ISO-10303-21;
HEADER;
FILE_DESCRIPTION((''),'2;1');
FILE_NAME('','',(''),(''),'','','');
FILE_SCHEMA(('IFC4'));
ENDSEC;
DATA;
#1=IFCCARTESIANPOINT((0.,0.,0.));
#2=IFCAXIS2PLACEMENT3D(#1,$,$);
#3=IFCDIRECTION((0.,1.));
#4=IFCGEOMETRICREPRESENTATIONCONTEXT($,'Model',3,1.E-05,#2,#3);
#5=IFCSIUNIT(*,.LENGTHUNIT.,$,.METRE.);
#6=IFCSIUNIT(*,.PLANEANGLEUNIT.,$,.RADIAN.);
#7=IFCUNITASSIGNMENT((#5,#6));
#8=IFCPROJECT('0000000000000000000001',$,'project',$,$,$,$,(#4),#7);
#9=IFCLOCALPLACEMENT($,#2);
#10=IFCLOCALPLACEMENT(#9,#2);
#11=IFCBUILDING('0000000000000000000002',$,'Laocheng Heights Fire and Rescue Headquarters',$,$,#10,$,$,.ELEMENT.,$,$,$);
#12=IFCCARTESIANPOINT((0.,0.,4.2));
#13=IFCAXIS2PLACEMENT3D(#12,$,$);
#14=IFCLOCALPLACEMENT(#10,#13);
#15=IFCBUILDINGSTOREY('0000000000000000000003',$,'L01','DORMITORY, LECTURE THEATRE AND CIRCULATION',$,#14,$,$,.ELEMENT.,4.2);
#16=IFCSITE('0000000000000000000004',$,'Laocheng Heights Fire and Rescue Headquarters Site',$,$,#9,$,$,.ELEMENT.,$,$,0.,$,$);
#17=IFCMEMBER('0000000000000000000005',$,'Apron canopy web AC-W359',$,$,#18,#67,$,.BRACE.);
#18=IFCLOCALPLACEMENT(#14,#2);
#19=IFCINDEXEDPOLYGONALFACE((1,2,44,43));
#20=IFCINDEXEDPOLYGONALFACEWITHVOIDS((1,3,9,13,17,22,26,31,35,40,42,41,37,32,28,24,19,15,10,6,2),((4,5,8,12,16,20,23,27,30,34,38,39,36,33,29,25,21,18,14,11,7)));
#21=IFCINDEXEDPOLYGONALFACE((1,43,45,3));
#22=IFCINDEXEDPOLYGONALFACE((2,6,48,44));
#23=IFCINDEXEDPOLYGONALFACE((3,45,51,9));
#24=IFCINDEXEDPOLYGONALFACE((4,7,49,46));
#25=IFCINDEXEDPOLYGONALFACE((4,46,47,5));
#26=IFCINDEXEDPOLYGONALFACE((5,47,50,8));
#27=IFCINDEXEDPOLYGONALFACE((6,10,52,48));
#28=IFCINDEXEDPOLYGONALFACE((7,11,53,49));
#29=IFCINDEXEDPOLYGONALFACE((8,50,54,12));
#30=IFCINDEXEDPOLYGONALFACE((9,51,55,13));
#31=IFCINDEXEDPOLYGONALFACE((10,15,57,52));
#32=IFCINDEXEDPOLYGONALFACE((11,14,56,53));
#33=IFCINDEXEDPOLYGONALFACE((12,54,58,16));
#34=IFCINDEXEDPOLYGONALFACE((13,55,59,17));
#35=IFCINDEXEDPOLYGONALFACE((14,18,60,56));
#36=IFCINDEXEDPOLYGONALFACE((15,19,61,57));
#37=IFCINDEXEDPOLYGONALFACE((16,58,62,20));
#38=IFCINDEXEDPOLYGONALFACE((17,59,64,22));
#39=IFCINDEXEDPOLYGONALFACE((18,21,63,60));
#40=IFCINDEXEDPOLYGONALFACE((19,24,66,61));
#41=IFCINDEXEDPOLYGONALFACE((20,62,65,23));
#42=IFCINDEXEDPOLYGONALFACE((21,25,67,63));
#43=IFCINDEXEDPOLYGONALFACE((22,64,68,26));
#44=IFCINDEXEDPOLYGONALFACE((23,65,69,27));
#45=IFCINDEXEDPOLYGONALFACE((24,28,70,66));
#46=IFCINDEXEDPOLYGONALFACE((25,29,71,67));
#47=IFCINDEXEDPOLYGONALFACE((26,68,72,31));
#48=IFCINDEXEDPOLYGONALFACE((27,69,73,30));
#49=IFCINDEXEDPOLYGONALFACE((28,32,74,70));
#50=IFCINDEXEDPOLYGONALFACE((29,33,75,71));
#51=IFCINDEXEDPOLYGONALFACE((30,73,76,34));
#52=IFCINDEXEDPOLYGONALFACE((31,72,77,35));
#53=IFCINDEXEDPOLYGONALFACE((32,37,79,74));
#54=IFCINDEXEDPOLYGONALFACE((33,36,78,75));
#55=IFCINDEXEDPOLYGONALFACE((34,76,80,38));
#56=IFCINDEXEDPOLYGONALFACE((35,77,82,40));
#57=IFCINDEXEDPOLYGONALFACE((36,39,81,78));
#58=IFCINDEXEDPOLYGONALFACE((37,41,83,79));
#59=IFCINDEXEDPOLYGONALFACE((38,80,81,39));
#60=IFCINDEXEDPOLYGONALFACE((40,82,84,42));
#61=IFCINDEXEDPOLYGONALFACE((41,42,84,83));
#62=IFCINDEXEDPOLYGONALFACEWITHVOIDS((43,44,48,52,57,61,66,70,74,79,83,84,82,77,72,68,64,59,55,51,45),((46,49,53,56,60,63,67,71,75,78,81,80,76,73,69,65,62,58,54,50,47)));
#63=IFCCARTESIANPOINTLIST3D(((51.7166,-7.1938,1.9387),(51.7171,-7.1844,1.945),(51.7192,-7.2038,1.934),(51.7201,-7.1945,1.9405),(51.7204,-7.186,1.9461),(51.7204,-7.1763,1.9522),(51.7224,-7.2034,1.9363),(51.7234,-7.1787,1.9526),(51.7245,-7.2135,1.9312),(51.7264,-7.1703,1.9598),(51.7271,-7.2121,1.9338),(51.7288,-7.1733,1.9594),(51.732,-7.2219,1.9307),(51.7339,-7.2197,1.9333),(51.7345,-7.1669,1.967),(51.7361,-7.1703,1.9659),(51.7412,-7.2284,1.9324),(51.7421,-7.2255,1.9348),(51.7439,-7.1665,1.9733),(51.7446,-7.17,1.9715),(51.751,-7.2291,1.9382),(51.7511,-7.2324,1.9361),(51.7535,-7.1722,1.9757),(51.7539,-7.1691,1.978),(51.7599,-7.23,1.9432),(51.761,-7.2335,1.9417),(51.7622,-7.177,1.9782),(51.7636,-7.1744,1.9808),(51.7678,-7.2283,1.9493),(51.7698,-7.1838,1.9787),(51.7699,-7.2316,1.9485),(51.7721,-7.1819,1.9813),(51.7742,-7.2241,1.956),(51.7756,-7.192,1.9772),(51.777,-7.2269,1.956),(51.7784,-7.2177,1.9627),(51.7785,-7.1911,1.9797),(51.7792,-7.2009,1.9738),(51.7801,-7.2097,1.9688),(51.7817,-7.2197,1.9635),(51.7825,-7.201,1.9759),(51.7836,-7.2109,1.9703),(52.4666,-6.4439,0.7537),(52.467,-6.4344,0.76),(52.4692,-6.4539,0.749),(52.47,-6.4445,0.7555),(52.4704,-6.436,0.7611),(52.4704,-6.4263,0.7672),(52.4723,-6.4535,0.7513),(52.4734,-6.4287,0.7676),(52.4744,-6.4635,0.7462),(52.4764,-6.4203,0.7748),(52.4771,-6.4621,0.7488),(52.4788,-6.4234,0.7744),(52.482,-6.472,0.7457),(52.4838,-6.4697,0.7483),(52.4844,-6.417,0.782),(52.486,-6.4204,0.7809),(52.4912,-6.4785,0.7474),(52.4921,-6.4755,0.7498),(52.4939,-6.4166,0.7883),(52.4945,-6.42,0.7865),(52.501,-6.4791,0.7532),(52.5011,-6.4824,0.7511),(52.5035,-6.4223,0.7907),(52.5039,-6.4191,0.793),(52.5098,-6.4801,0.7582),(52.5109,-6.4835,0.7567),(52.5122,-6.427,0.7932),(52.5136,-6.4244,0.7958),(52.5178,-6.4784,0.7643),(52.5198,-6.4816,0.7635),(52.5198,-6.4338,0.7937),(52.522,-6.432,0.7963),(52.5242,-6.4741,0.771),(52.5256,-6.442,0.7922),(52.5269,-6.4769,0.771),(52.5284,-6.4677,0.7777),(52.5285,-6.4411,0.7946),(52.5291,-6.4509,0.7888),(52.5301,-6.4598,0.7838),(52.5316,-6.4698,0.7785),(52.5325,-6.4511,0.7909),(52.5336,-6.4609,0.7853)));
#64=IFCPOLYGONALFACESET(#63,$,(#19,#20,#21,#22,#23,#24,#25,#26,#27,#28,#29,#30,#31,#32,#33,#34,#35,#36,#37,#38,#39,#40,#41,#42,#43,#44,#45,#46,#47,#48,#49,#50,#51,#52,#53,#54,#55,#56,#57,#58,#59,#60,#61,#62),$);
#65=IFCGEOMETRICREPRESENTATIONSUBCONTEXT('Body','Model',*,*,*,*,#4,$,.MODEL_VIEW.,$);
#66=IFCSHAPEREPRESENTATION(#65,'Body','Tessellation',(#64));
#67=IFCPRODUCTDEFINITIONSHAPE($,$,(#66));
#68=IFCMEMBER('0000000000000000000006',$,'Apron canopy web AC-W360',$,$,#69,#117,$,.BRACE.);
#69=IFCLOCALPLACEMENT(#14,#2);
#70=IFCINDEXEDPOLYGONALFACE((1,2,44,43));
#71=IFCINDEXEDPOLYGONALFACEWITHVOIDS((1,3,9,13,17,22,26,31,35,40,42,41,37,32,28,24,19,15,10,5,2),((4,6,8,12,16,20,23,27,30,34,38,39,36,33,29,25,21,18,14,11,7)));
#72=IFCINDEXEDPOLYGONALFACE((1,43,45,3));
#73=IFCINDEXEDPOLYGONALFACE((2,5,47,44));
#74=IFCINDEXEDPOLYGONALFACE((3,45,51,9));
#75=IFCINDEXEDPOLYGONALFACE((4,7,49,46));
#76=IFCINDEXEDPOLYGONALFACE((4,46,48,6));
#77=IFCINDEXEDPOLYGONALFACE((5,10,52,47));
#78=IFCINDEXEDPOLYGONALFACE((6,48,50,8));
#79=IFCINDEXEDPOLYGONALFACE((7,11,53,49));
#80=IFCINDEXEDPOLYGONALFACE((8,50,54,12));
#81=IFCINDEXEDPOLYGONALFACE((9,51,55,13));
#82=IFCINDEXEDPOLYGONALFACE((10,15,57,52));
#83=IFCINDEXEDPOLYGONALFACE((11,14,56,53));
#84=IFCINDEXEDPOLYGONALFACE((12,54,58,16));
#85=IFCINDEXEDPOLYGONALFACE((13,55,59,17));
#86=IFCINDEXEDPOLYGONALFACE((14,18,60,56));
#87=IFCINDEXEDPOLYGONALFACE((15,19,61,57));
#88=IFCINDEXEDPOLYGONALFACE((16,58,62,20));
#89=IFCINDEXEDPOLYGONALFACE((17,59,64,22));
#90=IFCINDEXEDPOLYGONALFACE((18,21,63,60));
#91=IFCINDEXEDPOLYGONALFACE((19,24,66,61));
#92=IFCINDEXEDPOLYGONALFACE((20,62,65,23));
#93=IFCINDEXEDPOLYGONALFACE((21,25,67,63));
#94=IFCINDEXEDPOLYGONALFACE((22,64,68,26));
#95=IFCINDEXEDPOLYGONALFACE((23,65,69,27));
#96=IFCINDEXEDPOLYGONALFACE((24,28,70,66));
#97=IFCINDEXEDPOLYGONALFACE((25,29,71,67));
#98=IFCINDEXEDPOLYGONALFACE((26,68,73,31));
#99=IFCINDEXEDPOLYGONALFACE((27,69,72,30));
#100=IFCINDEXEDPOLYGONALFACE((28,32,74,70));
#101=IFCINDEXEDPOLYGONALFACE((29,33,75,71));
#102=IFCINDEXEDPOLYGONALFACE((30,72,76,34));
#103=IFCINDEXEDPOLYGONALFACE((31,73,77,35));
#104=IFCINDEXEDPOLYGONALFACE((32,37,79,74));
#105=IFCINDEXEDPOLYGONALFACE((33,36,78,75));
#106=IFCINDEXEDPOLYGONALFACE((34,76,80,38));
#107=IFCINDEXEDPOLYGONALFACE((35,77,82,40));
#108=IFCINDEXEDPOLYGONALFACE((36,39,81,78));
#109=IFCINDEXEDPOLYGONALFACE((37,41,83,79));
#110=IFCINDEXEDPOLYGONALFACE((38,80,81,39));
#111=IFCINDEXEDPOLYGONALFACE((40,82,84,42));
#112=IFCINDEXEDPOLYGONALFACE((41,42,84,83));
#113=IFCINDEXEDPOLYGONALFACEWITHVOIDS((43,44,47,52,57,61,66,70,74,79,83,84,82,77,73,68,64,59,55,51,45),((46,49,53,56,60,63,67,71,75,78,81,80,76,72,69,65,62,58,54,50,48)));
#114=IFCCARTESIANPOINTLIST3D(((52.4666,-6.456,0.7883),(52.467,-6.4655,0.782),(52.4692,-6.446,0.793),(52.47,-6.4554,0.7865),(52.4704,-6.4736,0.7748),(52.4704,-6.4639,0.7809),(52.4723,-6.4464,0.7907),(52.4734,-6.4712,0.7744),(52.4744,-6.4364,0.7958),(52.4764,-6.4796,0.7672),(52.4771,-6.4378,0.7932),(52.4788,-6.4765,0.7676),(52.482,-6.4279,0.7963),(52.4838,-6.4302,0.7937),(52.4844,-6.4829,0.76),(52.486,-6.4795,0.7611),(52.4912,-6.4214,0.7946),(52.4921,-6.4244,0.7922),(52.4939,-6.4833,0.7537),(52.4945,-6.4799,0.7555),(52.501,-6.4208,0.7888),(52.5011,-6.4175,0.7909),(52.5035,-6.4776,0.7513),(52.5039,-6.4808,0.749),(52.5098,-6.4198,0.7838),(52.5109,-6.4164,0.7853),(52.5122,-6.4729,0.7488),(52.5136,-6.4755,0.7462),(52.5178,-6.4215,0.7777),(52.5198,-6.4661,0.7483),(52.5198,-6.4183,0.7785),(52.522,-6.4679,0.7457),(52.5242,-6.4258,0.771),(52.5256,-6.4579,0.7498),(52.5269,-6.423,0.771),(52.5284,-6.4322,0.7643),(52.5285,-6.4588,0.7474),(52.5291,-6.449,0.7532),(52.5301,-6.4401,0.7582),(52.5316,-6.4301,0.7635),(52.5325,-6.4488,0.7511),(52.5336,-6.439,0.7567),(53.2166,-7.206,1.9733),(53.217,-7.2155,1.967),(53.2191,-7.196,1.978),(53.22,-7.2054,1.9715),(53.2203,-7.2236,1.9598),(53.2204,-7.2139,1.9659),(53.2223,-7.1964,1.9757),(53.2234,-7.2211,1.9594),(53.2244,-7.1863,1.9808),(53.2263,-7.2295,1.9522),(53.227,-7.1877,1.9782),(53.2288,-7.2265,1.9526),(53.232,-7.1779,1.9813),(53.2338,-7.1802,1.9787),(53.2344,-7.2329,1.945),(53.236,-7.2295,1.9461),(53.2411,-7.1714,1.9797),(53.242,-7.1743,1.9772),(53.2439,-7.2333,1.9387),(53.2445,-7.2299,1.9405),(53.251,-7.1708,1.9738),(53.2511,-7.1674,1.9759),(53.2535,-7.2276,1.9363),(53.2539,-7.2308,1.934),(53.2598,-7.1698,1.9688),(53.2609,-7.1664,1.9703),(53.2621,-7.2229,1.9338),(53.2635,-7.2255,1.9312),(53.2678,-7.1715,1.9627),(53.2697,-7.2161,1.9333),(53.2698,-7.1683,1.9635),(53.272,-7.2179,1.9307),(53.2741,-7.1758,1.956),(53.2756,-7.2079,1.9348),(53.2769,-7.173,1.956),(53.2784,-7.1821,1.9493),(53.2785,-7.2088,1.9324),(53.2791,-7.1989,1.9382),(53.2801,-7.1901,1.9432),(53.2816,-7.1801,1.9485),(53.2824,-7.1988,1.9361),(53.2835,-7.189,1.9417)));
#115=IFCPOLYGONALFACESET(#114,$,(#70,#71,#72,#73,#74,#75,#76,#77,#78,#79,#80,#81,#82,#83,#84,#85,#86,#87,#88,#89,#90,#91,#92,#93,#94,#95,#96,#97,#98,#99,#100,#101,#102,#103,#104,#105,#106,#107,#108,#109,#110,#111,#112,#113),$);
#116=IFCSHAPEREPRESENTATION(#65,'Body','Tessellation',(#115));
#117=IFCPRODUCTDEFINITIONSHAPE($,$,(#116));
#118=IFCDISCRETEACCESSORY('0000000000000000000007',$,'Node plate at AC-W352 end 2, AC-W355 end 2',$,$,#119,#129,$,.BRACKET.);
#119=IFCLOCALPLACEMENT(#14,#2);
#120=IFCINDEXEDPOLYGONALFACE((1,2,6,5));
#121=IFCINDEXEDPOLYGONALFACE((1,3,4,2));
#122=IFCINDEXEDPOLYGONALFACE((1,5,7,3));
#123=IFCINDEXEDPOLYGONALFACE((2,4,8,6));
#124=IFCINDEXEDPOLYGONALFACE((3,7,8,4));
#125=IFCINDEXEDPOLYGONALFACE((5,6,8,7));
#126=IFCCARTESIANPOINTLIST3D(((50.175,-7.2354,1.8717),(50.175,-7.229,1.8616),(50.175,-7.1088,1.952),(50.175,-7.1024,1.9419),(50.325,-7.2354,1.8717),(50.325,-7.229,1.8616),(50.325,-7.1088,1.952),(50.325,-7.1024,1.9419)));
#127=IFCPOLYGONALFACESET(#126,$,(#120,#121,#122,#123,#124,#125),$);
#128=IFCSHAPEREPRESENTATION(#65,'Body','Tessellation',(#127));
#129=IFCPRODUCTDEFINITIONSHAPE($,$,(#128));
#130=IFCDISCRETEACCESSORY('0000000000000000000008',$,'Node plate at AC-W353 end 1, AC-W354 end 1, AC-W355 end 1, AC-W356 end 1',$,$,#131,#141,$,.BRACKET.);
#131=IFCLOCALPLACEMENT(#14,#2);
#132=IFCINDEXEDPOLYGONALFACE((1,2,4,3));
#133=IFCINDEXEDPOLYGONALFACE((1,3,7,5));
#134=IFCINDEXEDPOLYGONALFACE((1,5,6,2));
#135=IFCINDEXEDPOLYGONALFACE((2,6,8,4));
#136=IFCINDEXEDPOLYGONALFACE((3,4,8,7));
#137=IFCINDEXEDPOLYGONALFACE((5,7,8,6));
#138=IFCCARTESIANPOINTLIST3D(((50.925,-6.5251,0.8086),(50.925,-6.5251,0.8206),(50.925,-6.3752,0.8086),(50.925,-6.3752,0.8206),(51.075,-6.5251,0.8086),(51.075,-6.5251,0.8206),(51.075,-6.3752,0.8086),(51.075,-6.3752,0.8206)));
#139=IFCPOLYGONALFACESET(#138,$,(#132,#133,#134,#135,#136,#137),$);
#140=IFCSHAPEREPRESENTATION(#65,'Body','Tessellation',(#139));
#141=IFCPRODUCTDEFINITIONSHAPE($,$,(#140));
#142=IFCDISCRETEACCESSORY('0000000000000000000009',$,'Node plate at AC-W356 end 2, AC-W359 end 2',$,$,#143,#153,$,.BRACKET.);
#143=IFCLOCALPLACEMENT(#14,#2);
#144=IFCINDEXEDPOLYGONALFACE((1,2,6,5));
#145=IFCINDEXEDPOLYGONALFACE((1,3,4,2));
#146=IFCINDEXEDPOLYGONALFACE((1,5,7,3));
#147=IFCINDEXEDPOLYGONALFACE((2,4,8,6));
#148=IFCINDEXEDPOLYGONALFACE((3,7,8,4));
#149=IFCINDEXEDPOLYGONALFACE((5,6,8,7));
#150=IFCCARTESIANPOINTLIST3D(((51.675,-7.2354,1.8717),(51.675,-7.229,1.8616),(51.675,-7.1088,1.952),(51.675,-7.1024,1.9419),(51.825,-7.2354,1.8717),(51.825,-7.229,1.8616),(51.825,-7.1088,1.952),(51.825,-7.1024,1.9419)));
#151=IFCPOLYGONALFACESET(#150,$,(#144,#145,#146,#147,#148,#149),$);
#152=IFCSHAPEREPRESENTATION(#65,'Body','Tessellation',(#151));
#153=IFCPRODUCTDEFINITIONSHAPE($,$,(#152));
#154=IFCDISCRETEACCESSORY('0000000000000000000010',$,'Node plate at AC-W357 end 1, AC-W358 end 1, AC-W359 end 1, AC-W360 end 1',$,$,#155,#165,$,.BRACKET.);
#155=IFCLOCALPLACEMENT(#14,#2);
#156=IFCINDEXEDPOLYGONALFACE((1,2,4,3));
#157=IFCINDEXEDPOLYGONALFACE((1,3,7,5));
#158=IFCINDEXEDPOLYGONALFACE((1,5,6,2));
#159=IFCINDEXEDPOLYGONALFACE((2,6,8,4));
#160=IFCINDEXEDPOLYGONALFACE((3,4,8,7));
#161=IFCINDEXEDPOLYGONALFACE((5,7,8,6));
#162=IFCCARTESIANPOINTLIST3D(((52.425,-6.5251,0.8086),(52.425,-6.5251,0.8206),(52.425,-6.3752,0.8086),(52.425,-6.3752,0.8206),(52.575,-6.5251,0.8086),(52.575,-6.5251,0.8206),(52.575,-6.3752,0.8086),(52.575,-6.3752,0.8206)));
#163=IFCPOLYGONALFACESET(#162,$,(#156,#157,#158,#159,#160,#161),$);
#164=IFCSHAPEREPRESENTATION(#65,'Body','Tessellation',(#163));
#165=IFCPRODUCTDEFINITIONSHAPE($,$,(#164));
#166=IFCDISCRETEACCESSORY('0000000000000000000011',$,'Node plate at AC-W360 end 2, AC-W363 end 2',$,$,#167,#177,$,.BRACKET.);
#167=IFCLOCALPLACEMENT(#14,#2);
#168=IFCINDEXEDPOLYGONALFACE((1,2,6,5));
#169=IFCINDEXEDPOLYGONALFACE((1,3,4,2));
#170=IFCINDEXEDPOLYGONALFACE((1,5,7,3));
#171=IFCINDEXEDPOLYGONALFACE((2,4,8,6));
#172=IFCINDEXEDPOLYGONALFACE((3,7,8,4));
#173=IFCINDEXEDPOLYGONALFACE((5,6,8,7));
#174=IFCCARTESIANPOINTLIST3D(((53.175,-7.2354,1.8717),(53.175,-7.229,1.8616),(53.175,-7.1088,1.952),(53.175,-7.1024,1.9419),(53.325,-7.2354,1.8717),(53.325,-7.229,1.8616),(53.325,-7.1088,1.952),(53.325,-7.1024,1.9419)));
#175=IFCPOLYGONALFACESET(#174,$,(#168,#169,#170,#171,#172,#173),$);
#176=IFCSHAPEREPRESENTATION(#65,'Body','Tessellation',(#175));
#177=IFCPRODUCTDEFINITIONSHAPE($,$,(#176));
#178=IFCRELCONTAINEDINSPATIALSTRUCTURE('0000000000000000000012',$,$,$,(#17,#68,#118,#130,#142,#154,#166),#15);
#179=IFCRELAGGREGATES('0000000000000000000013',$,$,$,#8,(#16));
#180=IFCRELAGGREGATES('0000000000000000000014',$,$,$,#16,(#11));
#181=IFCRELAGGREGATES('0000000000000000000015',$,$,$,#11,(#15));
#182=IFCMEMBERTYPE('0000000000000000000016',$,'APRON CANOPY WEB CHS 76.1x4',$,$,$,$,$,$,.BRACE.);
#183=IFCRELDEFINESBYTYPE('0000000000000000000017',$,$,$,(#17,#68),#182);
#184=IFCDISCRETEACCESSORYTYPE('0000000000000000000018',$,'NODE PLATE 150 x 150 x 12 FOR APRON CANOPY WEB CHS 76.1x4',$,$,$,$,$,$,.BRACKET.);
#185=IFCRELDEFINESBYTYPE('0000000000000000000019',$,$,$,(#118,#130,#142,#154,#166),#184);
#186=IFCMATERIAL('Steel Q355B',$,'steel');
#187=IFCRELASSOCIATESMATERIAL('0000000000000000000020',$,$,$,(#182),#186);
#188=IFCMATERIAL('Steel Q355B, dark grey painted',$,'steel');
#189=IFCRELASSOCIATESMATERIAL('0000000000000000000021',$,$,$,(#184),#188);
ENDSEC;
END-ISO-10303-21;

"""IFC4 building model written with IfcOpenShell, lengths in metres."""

from ifc_helpers import new_model, si_unit, direction, frame, origin, origin_2d, place, context, subcontext, project, spatial, rectangle, hollow_circle, extrude, material, material_profile, profile_set, type_object, element, save


model = new_model("IFC4")

# Units and contexts
model_context = context("Model", 3, precision=1e-05, world=origin(), true_north=direction((0.0, 1.0)))
body_context = subcontext(model_context, "Body", "Model", "MODEL_VIEW")
ifc_project = project(units=[si_unit("LENGTHUNIT", "METRE"), si_unit("PLANEANGLEUNIT", "RADIAN")], contexts=[model_context])

# Site, building, storey
site_placement = place(None, origin())
site = spatial("IfcSite", under=ifc_project, at=site_placement, Name="Laocheng Heights Fire and Rescue Headquarters Site", CompositionType="ELEMENT", RefElevation=0.0)
building_placement = place(site_placement, origin())
building = spatial("IfcBuilding", under=site, at=building_placement, Name="Laocheng Heights Fire and Rescue Headquarters", CompositionType="ELEMENT")
storey_placement = place(building_placement, frame((0.0, 0.0, 4.2)))
storey = spatial("IfcBuildingStorey", under=building, at=storey_placement, Name="L01", Description="DORMITORY, LECTURE THEATRE AND CIRCULATION", CompositionType="ELEMENT", Elevation=4.2)

# Members
ifc_material_1 = material(Name="Steel Q355B", Category="steel")
ifc_material_profile_1 = material_profile(ifc_material_1, hollow_circle(Radius=0.0381, WallThickness=0.0039, at=origin_2d()), Name="CHS 76.1x4")
ifc_profile_set_1 = profile_set([ifc_material_profile_1], Name="Steel Q355B")
member_type_1 = type_object("IfcMemberType", Name="APRON CANOPY WEB CHS 76.1x4", PredefinedType="BRACE", material=ifc_profile_set_1)
for number, where, z_axis, x_axis, name in (
    (1, (52.5, -6.45, 0.771), (-0.47158, -0.47158, 0.745134), (0.707107, -0.707107, 0.0), "Apron canopy web AC-W359"),
    (2, (52.5, -6.45, 0.771), (0.47158, -0.47158, 0.745134), (0.707107, 0.707107, 0.0), "Apron canopy web AC-W360"),
):
    element("IfcMember", number, at=place(storey_placement, frame(where, z_axis=z_axis, x_axis=x_axis)), inside=storey, type_object=member_type_1, Name=name, PredefinedType="BRACE", context=body_context, shape_type="SweptSolid", body=[
        extrude(hollow_circle(Radius=0.0381, WallThickness=0.0039, at=origin_2d()), origin(), (0.0, 0.0, 1.0), 1.5903),
    ])

# Discrete accessories
ifc_material_2 = material(Name="Steel Q355B, dark grey painted", Category="steel")
ifc_material_profile_2 = material_profile(ifc_material_2, rectangle(XDim=0.1499, YDim=0.1499, at=origin_2d()), Name="NODE PLATE 150 x 150 x 12 FOR APRON CANOPY WEB CHS 76.1x4")
ifc_profile_set_2 = profile_set([ifc_material_profile_2], Name="Steel Q355B, dark grey painted")
discrete_accessory_type = type_object("IfcDiscreteAccessoryType", Name="NODE PLATE 150 x 150 x 12 FOR APRON CANOPY WEB CHS 76.1x4", PredefinedType="BRACKET", material=ifc_profile_set_2)
for number, where, z_axis, x_axis, name in (
    (3, (50.25, -7.1721, 1.9119), (0.0, 0.535542, -0.844509), (-1.0, 0.0, 0.0), "Node plate at AC-W352 end 2, AC-W355 end 2"),
    (4, (51.0, -6.4502, 0.8086), (0.0, 0.0, 1.0), (1.0, 0.0, 0.0), "Node plate at AC-W353 end 1, AC-W354 end 1, AC-W355 end 1, AC-W356 end 1"),
    (5, (51.75, -7.1721, 1.9119), (0.0, 0.535542, -0.844509), (-1.0, 0.0, 0.0), "Node plate at AC-W356 end 2, AC-W359 end 2"),
    (6, (52.5, -6.4502, 0.8086), (0.0, 0.0, 1.0), (1.0, 0.0, 0.0), "Node plate at AC-W357 end 1, AC-W358 end 1, AC-W359 end 1, AC-W360 end 1"),
    (7, (53.25, -7.1721, 1.9119), (0.0, 0.535542, -0.844509), (-1.0, 0.0, 0.0), "Node plate at AC-W360 end 2, AC-W363 end 2"),
):
    element("IfcDiscreteAccessory", number, at=place(storey_placement, frame(where, z_axis=z_axis, x_axis=x_axis)), inside=storey, type_object=discrete_accessory_type, Name=name, PredefinedType="BRACKET", context=body_context, shape_type="SweptSolid", body=[
        extrude(rectangle(XDim=0.1499, YDim=0.1499, at=origin_2d()), origin(), (0.0, 0.0, 1.0), 0.012),
    ])

save(model, "model.ifc")
